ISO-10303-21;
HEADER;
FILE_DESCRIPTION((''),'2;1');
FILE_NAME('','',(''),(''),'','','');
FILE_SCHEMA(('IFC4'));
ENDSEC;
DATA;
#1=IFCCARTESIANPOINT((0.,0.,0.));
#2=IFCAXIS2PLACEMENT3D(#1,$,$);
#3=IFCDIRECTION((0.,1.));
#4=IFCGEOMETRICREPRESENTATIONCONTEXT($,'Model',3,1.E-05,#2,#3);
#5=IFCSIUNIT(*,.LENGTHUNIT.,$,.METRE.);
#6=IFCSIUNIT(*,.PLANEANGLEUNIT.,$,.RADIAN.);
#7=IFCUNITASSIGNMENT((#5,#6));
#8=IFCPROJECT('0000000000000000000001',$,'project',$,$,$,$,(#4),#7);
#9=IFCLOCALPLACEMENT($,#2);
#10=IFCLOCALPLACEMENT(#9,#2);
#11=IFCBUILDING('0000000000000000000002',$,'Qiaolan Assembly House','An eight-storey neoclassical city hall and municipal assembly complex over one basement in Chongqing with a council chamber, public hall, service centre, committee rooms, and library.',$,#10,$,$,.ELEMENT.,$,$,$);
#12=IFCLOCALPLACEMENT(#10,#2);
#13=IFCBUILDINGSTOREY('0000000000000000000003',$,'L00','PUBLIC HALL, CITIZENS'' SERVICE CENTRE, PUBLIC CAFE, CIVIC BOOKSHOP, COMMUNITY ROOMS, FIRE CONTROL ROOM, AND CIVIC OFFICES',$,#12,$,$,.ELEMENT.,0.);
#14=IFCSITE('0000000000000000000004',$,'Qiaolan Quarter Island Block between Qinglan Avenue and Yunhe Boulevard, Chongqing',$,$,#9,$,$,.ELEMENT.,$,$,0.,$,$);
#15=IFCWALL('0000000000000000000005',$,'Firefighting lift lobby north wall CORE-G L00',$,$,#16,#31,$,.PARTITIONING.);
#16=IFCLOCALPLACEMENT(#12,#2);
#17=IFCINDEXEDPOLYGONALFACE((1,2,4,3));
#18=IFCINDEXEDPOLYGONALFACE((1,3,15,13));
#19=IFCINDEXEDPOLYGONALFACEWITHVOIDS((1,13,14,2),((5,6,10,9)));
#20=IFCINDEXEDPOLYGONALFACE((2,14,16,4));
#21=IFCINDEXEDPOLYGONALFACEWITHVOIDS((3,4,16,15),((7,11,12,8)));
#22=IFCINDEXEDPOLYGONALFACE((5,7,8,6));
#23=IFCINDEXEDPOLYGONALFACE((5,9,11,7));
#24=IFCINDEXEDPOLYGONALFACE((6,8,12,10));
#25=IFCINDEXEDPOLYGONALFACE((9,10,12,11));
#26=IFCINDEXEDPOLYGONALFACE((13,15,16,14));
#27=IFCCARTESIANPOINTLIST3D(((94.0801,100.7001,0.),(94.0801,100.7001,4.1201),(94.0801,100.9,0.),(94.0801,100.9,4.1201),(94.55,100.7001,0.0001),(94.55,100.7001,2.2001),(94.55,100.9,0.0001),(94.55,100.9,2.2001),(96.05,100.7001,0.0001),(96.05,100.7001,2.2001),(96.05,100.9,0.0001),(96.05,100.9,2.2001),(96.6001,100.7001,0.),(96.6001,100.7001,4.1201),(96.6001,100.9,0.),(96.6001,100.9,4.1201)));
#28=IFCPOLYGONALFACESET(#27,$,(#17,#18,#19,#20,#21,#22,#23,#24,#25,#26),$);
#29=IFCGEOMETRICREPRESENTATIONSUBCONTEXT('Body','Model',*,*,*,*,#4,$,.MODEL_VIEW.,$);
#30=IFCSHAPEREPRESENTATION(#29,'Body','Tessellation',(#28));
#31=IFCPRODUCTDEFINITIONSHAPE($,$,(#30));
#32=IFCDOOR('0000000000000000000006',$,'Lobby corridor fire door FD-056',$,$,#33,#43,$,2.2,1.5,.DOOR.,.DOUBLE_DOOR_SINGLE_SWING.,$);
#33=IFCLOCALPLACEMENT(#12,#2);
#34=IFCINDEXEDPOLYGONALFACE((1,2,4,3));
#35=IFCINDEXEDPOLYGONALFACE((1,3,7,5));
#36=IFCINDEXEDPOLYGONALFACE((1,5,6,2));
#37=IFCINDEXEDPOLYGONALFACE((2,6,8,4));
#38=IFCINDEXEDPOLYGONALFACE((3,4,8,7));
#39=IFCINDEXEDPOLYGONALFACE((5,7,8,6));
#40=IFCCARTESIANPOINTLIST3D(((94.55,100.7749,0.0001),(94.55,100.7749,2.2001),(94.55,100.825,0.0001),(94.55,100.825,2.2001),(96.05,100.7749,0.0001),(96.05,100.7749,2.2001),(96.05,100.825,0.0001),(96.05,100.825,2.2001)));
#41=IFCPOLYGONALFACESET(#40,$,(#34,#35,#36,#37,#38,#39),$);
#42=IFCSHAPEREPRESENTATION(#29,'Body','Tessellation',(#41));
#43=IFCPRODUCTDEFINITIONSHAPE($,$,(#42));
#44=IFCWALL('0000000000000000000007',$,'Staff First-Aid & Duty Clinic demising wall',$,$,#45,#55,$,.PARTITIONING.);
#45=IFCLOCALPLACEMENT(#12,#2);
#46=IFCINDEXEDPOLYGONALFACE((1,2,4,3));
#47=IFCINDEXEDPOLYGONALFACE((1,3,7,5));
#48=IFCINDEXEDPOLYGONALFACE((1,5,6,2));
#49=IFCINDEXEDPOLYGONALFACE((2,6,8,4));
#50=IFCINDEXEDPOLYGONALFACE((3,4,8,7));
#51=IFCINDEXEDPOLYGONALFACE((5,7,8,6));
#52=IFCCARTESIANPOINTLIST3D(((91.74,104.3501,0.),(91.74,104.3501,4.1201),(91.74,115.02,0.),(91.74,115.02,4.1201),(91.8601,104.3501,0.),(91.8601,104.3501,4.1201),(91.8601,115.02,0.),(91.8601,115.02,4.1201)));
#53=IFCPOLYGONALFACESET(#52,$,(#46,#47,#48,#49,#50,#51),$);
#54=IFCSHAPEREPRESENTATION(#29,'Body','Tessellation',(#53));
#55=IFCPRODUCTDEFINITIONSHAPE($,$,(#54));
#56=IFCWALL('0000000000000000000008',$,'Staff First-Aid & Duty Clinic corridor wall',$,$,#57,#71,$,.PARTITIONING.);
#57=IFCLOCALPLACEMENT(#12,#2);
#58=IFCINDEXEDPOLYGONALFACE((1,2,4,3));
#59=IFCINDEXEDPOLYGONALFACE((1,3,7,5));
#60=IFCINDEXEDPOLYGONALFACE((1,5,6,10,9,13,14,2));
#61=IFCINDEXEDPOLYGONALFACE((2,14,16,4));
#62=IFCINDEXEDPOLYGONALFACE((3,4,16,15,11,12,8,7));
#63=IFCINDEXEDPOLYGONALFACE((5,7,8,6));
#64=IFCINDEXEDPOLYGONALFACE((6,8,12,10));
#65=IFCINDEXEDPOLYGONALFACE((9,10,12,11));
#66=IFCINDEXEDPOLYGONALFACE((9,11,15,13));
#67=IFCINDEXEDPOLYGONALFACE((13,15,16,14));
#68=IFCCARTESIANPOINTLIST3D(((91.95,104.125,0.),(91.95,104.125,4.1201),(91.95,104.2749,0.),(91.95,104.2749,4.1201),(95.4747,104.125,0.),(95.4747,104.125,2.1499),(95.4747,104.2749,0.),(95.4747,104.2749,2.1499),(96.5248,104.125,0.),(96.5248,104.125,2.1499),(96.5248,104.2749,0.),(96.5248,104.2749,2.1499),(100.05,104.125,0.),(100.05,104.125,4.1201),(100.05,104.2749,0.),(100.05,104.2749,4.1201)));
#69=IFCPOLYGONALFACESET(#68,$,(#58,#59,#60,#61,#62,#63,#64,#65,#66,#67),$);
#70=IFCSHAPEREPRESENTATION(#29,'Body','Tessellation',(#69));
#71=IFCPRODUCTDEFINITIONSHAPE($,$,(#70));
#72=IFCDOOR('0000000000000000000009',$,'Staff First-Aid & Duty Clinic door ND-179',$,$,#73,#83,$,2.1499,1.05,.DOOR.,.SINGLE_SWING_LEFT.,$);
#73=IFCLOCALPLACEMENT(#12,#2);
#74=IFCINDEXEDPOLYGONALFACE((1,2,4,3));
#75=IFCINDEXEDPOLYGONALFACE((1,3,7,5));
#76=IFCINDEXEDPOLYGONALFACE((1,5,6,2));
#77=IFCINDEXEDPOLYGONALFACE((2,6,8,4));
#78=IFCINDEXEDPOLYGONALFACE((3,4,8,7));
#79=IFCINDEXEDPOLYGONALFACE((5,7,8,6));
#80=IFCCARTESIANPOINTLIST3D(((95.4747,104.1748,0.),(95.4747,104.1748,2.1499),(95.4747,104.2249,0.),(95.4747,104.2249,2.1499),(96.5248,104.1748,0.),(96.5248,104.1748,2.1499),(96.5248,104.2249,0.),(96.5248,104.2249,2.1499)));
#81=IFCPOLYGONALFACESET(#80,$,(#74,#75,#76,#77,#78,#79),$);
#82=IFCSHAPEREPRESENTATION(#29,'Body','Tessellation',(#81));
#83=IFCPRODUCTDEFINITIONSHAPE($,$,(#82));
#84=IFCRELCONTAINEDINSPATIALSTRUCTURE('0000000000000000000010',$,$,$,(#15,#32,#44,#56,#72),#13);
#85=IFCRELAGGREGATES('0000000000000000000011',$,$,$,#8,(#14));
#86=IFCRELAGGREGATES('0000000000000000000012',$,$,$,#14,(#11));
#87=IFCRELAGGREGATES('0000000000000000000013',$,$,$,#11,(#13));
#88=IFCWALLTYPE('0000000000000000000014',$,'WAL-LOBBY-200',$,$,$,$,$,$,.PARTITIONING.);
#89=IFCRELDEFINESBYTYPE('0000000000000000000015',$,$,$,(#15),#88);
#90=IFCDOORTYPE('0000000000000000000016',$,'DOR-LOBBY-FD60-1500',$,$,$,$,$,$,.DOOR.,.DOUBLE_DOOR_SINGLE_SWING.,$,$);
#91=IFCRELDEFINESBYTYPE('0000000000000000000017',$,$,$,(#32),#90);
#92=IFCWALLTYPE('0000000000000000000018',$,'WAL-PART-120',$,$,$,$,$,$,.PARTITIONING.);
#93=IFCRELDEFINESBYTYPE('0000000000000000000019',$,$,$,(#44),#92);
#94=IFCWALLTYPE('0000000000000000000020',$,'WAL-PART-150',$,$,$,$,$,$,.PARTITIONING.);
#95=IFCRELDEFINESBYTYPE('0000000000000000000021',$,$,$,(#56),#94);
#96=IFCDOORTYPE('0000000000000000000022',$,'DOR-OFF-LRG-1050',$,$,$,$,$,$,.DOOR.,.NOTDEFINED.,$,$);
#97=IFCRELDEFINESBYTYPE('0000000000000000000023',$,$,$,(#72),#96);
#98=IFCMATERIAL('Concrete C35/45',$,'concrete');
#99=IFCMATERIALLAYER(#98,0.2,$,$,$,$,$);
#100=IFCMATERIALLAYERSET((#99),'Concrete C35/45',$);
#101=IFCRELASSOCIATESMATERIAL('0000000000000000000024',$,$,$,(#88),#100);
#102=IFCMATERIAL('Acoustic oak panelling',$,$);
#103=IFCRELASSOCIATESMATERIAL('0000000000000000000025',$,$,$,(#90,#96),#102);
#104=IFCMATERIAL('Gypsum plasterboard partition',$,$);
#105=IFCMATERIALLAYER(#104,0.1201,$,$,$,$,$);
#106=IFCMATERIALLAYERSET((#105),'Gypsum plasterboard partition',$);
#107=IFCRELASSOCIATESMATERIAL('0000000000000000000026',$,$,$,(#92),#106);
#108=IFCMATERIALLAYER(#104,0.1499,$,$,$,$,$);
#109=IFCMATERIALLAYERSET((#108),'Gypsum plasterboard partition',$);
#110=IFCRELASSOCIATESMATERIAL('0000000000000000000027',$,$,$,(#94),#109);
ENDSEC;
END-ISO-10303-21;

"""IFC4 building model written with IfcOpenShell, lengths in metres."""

from ifc_helpers import new_model, si_unit, direction, frame, frame_2d, origin, place, context, subcontext, project, spatial, rectangle, extrude, material, layer, layer_set, type_object, element, fill, save


model = new_model("IFC4")

# Units and contexts
model_context = context("Model", 3, precision=1e-05, world=origin(), true_north=direction((0.0, 1.0)))
body_context = subcontext(model_context, "Body", "Model", "MODEL_VIEW")
ifc_project = project(units=[si_unit("LENGTHUNIT", "METRE"), si_unit("PLANEANGLEUNIT", "RADIAN")], contexts=[model_context])

# Site, building, storey
site_placement = place(None, origin())
site = spatial("IfcSite", under=ifc_project, at=site_placement, Name="Qiaolan Quarter Island Block between Qinglan Avenue and Yunhe Boulevard, Chongqing", CompositionType="ELEMENT", RefElevation=0.0)
building_placement = place(site_placement, origin())
building = spatial("IfcBuilding", under=site, at=building_placement, Name="Qiaolan Assembly House", Description="An eight-storey neoclassical city hall and municipal assembly complex over one basement in Chongqing with a council chamber, public hall, service centre, committee rooms, and library.", CompositionType="ELEMENT")
storey_placement = place(building_placement, origin())
storey = spatial("IfcBuildingStorey", under=building, at=storey_placement, Name="L00", Description="PUBLIC HALL, CITIZENS' SERVICE CENTRE, PUBLIC CAFE, CIVIC BOOKSHOP, COMMUNITY ROOMS, FIRE CONTROL ROOM, AND CIVIC OFFICES", CompositionType="ELEMENT", Elevation=0.0)

# Wall, opening, door
ifc_material_1 = material(Name="Concrete C35/45", Category="concrete")
ifc_layer_1 = layer(ifc_material_1, 0.2)
ifc_layer_set_1 = layer_set([ifc_layer_1], Name="Concrete C35/45")
wall_type_1 = type_object("IfcWallType", Name="WAL-LOBBY-200", PredefinedType="PARTITIONING", material=ifc_layer_set_1)
wall_1_placement = place(storey_placement, frame((96.6001, 100.8, 0.0), z_axis=(0.0, 0.0, 1.0), x_axis=(-1.0, 0.0, 0.0)))
wall_1 = element("IfcWall", 1, at=wall_1_placement, inside=storey, type_object=wall_type_1, Name="Firefighting lift lobby north wall CORE-G L00", PredefinedType="PARTITIONING", context=body_context, shape_type="SweptSolid", body=[
    extrude(rectangle(XDim=2.52, YDim=0.2, at=frame_2d((1.26, 0.0))), origin(), (0.0, 0.0, 1.0), 4.1201),
])
opening_1_placement = place(wall_1_placement, frame((0.55, 0.0, 0.0)))
opening_1 = element("IfcOpeningElement", 2, at=opening_1_placement, cuts=wall_1, PredefinedType="OPENING", context=body_context, shape_type="SweptSolid", body=[
    extrude(rectangle(XDim=1.5, YDim=2.2, at=frame_2d((0.75, 1.1001))), frame((0.0, 0.1099, 0.0), z_axis=(0.0, -1.0, 0.0), x_axis=(1.0, 0.0, 0.0)), (0.0, 0.0, 1.0), 0.22),
])
ifc_material_2 = material(Name="Acoustic oak panelling")
door_type_1 = type_object("IfcDoorType", Name="DOR-LOBBY-FD60-1500", OperationType="DOUBLE_DOOR_SINGLE_SWING", PredefinedType="DOOR", material=ifc_material_2)
door_1_placement = place(opening_1_placement, frame((1.5, 0.0, 0.0), z_axis=(0.0, 0.0, 1.0), x_axis=(-1.0, 0.0, 0.0)))
door_1 = element("IfcDoor", 3, at=door_1_placement, inside=storey, type_object=door_type_1, Name="Lobby corridor fire door FD-056", OperationType="DOUBLE_DOOR_SINGLE_SWING", OverallHeight=2.2, OverallWidth=1.5, PredefinedType="DOOR", context=body_context, shape_type="SweptSolid", body=[
    extrude(rectangle(XDim=1.5, YDim=2.2, at=frame_2d((0.75, 1.1001))), frame((0.0, 0.0249, 0.0), z_axis=(0.0, -1.0, 0.0), x_axis=(1.0, 0.0, 0.0)), (0.0, 0.0, 1.0), 0.05),
])
fill(opening_1, door_1)

# Wall
ifc_material_3 = material(Name="Gypsum plasterboard partition")
ifc_layer_2 = layer(ifc_material_3, 0.1201)
ifc_layer_set_2 = layer_set([ifc_layer_2], Name="Gypsum plasterboard partition")
wall_type_2 = type_object("IfcWallType", Name="WAL-PART-120", PredefinedType="PARTITIONING", material=ifc_layer_set_2)
wall_2_placement = place(storey_placement, frame((91.8, 104.3501, 0.0), z_axis=(0.0, 0.0, 1.0), x_axis=(0.0, 1.0, 0.0)))
element("IfcWall", 4, at=wall_2_placement, inside=storey, type_object=wall_type_2, Name="Staff First-Aid & Duty Clinic demising wall", PredefinedType="PARTITIONING", context=body_context, shape_type="SweptSolid", body=[
    extrude(rectangle(XDim=10.6699, YDim=0.1201, at=frame_2d((5.335, 0.0))), origin(), (0.0, 0.0, 1.0), 4.1201),
])

# Wall, opening, door
ifc_layer_3 = layer(ifc_material_3, 0.1499)
ifc_layer_set_3 = layer_set([ifc_layer_3], Name="Gypsum plasterboard partition")
wall_type_3 = type_object("IfcWallType", Name="WAL-PART-150", PredefinedType="PARTITIONING", material=ifc_layer_set_3)
wall_3_placement = place(storey_placement, frame((91.95, 104.2, 0.0), z_axis=(0.0, 0.0, 1.0), x_axis=(1.0, 0.0, 0.0)))
wall_3 = element("IfcWall", 5, at=wall_3_placement, inside=storey, type_object=wall_type_3, Name="Staff First-Aid & Duty Clinic corridor wall", PredefinedType="PARTITIONING", context=body_context, shape_type="SweptSolid", body=[
    extrude(rectangle(XDim=8.1001, YDim=0.1499, at=frame_2d((4.05, 0.0))), origin(), (0.0, 0.0, 1.0), 4.1201),
])
opening_2_placement = place(wall_3_placement, frame((3.5249, 0.0, 0.0)))
opening_2 = element("IfcOpeningElement", 6, at=opening_2_placement, cuts=wall_3, PredefinedType="OPENING", context=body_context, shape_type="SweptSolid", body=[
    extrude(rectangle(XDim=1.05, YDim=2.1499, at=frame_2d((0.5249, 1.075))), frame((0.0, 0.085, 0.0), z_axis=(0.0, -1.0, 0.0), x_axis=(1.0, 0.0, 0.0)), (0.0, 0.0, 1.0), 0.1699),
])
door_type_2 = type_object("IfcDoorType", Name="DOR-OFF-LRG-1050", OperationType="NOTDEFINED", PredefinedType="DOOR", material=ifc_material_2)
door_2_placement = place(opening_2_placement, origin())
door_2 = element("IfcDoor", 7, at=door_2_placement, inside=storey, type_object=door_type_2, Name="Staff First-Aid & Duty Clinic door ND-179", OperationType="SINGLE_SWING_LEFT", OverallHeight=2.1499, OverallWidth=1.05, PredefinedType="DOOR", context=body_context, shape_type="SweptSolid", body=[
    extrude(rectangle(XDim=1.05, YDim=2.1499, at=frame_2d((0.5249, 1.075))), frame((0.0, 0.0249, 0.0), z_axis=(0.0, -1.0, 0.0), x_axis=(1.0, 0.0, 0.0)), (0.0, 0.0, 1.0), 0.05),
])
fill(opening_2, door_2)

save(model, "model.ifc")
